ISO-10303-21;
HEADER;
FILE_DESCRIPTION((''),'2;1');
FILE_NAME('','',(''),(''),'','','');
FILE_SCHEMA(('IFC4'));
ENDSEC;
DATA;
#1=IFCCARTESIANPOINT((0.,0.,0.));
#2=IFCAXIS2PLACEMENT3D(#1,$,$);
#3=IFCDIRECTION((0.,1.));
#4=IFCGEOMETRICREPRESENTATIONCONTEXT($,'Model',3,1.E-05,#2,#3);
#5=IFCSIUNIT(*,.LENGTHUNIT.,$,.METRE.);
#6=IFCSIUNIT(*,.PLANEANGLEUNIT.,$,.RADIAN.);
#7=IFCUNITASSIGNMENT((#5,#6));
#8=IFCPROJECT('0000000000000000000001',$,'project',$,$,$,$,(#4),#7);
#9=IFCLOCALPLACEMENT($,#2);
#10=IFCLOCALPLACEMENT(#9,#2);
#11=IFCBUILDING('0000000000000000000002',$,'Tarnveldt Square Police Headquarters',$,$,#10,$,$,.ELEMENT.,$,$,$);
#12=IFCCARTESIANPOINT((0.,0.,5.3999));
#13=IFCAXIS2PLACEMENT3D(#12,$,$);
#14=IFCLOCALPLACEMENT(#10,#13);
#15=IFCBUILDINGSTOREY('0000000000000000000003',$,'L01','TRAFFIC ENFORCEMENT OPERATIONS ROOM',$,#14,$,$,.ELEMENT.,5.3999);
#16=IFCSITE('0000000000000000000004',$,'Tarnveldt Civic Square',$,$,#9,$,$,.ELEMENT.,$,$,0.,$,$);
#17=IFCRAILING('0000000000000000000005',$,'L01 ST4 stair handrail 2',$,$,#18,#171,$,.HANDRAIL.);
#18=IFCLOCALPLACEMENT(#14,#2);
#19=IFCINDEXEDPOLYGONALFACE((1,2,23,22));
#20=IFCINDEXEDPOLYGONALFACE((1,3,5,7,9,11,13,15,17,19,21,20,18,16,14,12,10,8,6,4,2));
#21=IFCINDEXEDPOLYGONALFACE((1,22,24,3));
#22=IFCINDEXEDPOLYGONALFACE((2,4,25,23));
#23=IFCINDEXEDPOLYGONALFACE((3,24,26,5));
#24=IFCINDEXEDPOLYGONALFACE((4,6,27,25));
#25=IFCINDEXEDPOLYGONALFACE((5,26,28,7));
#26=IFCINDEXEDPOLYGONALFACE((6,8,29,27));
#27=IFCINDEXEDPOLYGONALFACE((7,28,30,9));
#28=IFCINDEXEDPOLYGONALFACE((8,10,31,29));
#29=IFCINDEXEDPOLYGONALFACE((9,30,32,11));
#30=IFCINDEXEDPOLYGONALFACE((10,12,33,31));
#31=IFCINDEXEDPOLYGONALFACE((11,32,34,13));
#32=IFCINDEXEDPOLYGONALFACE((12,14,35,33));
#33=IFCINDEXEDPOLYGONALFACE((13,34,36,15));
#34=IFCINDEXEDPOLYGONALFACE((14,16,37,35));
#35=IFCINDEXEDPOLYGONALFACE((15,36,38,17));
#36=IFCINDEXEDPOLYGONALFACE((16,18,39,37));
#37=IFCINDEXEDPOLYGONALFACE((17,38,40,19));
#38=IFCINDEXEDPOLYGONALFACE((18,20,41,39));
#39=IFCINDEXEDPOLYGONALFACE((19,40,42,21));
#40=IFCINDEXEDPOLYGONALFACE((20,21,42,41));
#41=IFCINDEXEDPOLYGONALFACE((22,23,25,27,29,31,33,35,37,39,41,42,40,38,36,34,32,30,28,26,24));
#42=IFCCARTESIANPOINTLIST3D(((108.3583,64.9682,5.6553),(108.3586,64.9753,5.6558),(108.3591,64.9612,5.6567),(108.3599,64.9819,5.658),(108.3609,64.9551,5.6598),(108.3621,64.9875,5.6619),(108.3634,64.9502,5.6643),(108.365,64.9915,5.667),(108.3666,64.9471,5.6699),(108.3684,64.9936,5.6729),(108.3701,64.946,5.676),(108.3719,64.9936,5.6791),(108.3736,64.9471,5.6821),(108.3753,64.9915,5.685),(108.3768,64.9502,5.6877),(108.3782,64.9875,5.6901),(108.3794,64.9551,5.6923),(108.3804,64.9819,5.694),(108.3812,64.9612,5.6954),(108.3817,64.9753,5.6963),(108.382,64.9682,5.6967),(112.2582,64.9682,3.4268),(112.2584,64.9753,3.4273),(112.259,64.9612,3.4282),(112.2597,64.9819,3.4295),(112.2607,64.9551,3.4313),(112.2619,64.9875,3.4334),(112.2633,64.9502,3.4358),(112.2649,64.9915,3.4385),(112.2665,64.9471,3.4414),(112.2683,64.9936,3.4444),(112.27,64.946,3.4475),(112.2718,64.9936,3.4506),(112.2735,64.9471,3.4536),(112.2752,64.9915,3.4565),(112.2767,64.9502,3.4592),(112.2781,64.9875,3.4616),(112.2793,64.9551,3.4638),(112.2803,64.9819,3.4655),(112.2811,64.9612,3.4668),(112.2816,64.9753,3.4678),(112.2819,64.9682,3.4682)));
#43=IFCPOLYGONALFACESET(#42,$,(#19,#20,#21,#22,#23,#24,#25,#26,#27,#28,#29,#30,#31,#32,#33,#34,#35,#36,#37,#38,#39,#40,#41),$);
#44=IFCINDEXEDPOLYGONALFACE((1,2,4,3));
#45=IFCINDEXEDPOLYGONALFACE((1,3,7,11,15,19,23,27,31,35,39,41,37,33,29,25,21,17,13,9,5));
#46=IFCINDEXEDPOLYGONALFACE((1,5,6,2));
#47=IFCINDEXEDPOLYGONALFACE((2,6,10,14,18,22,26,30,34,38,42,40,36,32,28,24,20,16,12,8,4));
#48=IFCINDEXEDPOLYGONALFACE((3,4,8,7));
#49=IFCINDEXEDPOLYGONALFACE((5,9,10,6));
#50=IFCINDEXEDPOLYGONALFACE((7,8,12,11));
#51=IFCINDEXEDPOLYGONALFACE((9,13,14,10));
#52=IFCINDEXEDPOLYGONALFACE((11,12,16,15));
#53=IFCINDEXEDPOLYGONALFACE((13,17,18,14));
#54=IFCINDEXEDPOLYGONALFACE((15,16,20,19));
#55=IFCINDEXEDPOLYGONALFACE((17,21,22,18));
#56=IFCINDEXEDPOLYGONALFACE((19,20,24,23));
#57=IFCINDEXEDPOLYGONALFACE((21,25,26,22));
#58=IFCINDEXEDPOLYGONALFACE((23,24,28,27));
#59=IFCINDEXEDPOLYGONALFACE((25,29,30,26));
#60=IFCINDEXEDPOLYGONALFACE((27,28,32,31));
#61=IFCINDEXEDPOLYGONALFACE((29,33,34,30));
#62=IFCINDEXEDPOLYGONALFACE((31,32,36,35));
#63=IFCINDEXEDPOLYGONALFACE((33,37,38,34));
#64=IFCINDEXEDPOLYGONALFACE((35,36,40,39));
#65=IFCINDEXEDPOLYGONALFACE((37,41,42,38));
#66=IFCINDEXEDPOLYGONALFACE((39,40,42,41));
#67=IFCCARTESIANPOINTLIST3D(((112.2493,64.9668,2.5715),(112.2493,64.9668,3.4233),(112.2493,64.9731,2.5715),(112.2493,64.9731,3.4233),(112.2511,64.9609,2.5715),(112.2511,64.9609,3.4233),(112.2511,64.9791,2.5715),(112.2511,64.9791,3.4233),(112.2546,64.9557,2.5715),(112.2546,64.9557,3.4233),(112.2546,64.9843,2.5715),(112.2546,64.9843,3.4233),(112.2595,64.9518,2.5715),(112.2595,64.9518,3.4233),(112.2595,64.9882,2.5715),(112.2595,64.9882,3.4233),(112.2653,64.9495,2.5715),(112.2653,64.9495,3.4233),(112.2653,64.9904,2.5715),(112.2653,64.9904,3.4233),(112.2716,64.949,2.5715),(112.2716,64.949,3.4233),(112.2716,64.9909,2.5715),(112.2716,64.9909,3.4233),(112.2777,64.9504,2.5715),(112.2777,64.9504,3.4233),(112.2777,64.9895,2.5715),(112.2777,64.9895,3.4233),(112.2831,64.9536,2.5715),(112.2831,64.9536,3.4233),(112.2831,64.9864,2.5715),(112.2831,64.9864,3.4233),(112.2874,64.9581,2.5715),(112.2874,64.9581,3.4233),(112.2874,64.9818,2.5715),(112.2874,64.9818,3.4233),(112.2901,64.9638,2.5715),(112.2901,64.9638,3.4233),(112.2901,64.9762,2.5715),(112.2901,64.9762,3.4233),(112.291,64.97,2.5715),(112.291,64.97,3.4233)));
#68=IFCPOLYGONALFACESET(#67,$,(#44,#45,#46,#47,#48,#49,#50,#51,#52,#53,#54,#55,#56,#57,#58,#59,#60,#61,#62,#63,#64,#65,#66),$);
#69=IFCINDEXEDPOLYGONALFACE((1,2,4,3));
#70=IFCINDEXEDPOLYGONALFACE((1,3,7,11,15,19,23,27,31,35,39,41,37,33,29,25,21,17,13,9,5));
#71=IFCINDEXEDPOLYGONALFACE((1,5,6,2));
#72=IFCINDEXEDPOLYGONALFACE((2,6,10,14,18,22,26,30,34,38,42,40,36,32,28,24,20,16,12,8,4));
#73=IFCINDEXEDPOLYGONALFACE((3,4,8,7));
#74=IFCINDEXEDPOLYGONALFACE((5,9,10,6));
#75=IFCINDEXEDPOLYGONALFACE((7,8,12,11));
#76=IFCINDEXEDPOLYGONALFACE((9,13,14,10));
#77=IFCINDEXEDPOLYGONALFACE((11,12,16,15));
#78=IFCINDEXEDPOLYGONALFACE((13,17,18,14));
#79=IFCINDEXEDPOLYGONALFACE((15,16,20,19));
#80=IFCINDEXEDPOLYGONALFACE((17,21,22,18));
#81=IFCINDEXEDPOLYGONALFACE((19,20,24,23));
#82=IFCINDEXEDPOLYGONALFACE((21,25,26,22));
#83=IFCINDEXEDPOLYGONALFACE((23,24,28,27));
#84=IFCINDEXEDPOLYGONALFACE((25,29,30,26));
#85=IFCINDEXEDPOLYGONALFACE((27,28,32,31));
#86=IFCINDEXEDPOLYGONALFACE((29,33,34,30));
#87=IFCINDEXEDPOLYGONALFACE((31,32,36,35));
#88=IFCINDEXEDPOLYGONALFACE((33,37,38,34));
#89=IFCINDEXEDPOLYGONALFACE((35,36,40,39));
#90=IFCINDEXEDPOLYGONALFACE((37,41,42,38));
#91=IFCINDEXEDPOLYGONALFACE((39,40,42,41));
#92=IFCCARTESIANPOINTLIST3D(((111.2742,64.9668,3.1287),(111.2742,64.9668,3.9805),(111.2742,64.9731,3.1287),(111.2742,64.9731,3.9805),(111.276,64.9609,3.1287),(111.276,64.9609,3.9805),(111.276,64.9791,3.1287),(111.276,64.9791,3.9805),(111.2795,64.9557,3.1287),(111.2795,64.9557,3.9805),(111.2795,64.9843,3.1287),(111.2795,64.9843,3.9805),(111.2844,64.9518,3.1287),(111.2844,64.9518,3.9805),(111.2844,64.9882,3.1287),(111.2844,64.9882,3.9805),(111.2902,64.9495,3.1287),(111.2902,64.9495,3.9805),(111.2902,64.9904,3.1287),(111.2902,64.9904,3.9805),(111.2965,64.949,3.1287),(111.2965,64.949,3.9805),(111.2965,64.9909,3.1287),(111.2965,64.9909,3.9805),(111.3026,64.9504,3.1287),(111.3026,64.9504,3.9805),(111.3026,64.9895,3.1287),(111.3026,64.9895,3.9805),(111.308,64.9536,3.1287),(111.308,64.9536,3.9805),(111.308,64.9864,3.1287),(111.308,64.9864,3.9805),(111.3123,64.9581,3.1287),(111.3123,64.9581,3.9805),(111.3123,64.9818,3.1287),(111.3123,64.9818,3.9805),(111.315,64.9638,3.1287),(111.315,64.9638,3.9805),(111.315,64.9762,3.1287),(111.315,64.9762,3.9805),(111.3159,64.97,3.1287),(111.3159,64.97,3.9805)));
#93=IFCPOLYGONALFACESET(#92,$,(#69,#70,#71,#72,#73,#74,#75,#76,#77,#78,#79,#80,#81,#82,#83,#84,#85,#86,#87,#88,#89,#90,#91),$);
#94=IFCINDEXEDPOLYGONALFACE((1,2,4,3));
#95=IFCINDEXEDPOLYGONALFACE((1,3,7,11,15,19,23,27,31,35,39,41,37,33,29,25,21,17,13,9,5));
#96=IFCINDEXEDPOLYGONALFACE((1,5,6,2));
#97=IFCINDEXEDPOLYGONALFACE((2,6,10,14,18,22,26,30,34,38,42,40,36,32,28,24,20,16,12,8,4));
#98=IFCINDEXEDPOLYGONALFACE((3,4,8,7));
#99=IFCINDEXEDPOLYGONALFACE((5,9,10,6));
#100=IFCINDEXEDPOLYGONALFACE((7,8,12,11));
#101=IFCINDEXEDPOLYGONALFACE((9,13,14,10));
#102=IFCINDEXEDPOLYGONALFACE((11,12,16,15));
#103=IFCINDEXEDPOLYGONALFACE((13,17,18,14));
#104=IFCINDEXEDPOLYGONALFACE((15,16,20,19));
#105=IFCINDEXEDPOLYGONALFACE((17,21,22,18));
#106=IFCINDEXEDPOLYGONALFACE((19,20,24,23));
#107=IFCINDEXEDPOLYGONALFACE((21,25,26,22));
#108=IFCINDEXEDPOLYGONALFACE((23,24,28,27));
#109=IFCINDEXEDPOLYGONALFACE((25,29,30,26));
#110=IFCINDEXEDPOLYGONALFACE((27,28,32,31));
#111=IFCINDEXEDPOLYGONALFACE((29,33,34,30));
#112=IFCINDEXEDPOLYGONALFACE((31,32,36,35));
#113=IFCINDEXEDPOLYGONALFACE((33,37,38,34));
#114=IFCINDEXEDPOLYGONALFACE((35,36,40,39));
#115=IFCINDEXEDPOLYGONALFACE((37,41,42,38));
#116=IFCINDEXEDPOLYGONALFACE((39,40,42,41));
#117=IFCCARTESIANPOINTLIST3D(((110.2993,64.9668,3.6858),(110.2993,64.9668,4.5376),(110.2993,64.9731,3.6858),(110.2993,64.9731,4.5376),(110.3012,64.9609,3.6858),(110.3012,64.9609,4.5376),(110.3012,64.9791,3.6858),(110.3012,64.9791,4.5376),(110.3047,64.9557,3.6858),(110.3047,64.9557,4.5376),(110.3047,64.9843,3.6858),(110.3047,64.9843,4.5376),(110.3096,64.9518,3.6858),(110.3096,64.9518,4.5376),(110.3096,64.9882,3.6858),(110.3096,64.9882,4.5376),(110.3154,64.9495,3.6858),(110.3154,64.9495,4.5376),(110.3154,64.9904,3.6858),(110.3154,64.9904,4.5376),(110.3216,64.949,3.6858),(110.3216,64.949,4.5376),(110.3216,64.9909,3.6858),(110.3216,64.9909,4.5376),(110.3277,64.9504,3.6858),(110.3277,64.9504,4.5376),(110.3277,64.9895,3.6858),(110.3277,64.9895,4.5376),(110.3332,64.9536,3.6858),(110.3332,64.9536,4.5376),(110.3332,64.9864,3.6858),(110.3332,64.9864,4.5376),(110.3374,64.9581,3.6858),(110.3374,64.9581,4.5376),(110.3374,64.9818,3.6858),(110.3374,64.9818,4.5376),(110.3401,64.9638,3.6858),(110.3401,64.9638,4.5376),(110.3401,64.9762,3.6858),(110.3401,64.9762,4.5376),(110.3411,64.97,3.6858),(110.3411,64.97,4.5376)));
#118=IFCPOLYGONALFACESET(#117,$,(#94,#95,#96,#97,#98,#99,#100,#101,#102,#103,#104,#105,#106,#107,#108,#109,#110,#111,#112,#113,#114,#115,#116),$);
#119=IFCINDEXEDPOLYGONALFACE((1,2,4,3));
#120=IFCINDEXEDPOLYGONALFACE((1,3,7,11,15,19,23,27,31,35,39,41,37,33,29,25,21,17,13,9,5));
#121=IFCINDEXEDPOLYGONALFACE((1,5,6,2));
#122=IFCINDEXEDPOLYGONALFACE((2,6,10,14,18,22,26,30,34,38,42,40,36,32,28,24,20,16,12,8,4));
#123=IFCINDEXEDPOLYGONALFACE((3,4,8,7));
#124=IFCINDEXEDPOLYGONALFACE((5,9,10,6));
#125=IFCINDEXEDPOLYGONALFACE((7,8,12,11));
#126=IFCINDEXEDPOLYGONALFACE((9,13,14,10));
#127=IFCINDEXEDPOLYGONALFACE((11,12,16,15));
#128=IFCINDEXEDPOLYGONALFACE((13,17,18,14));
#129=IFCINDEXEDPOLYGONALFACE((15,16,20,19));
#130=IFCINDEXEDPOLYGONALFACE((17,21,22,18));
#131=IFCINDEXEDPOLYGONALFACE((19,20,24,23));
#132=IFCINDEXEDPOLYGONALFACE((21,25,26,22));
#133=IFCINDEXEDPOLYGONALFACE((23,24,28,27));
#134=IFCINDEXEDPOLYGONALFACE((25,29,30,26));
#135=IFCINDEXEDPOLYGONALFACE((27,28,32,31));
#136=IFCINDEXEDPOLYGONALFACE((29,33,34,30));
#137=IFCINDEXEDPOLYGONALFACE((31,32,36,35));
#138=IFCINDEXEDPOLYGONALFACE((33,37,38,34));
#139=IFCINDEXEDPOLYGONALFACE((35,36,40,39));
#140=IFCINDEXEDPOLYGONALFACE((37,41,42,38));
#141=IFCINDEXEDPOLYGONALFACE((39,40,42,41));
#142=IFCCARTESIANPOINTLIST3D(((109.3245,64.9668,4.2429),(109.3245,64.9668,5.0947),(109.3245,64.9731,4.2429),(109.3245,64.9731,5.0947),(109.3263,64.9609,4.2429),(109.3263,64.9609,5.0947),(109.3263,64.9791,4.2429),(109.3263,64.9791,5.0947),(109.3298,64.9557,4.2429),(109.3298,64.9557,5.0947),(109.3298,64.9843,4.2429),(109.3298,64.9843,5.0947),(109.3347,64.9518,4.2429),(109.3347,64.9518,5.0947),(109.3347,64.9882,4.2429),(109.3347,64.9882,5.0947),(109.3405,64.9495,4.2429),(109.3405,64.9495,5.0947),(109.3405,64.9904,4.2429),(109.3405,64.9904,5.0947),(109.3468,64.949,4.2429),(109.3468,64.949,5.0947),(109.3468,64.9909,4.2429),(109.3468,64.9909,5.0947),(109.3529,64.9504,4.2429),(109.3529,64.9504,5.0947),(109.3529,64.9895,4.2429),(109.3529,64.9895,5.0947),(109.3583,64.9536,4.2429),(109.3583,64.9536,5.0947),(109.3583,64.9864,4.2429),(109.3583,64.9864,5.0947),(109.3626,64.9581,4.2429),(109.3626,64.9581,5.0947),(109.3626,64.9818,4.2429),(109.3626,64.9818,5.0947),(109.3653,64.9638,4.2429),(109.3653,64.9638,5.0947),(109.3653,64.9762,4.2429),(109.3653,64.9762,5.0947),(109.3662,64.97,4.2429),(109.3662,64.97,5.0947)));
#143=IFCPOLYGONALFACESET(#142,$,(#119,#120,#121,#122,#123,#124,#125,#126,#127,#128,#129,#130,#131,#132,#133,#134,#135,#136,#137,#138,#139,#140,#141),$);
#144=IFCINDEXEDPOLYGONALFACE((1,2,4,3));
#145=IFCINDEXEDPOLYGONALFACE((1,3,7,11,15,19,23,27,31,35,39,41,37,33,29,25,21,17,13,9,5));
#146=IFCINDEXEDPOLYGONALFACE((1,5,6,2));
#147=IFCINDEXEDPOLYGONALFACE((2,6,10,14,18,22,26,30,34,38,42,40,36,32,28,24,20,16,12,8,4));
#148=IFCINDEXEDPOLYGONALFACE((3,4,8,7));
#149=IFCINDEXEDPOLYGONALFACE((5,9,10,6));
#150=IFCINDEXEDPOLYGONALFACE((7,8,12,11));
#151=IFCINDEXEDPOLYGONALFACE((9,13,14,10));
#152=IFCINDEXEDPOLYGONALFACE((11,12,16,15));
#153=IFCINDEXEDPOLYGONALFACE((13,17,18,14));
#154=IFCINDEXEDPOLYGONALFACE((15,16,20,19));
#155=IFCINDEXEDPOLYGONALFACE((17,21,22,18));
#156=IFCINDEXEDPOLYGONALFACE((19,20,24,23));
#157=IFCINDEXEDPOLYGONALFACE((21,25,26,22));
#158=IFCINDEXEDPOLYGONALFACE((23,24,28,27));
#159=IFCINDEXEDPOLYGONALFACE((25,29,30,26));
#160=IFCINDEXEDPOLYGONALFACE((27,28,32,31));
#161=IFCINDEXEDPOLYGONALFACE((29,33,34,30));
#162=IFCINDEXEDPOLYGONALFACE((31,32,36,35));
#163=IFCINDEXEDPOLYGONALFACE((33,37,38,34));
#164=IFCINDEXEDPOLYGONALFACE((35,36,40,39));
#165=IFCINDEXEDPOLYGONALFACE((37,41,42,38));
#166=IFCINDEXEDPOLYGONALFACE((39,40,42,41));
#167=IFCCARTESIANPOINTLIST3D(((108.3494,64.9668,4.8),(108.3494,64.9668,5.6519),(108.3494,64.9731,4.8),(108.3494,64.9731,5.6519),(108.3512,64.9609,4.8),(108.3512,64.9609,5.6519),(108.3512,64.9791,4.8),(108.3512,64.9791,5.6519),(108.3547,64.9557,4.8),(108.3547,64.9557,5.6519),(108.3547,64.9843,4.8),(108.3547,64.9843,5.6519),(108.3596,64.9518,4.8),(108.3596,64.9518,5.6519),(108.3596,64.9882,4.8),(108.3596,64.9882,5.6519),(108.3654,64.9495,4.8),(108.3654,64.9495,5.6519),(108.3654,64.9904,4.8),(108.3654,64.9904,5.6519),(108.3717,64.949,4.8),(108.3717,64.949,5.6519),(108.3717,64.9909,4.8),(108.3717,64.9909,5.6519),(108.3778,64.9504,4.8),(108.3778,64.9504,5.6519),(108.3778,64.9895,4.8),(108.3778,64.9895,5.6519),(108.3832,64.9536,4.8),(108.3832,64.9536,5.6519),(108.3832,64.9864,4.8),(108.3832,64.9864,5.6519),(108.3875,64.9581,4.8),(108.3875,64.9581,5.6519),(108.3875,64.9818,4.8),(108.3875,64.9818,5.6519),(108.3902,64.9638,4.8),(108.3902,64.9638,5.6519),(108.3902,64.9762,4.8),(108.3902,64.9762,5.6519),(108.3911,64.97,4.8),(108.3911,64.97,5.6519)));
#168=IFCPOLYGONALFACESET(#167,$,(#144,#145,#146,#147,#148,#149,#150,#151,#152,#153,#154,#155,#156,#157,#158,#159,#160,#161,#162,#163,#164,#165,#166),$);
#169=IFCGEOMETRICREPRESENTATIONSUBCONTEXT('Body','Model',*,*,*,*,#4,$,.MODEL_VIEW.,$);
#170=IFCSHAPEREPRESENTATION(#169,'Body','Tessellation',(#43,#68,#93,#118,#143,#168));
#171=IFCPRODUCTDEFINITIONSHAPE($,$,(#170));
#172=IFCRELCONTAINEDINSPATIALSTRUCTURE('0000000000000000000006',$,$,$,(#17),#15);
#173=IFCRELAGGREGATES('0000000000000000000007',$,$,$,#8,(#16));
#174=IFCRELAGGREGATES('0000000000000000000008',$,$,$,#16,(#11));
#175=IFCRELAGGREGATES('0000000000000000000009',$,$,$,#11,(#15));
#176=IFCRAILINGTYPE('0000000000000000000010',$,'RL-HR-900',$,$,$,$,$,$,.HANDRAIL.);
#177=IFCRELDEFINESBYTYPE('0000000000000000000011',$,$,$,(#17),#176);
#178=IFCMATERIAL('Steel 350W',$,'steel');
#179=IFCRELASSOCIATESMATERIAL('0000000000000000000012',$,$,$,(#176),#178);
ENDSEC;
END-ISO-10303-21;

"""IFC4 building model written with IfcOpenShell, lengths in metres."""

from ifc_helpers import new_model, si_unit, direction, frame, origin, origin_2d, place, context, subcontext, project, spatial, circle, extrude, material, type_object, element, save


model = new_model("IFC4")

# Units and contexts
model_context = context("Model", 3, precision=1e-05, world=origin(), true_north=direction((0.0, 1.0)))
body_context = subcontext(model_context, "Body", "Model", "MODEL_VIEW")
ifc_project = project(units=[si_unit("LENGTHUNIT", "METRE"), si_unit("PLANEANGLEUNIT", "RADIAN")], contexts=[model_context])

# Site, building, storey
site_placement = place(None, origin())
site = spatial("IfcSite", under=ifc_project, at=site_placement, Name="Tarnveldt Civic Square", CompositionType="ELEMENT", RefElevation=0.0)
building_placement = place(site_placement, origin())
building = spatial("IfcBuilding", under=site, at=building_placement, Name="Tarnveldt Square Police Headquarters", CompositionType="ELEMENT")
storey_placement = place(building_placement, frame((0.0, 0.0, 5.3999)))
storey = spatial("IfcBuildingStorey", under=building, at=storey_placement, Name="L01", Description="TRAFFIC ENFORCEMENT OPERATIONS ROOM", CompositionType="ELEMENT", Elevation=5.3999)

# Shared definitions
ifc_material_1 = material(Name="Steel 350W", Category="steel")

# Railing
railing_type_1 = type_object("IfcRailingType", Name="RL-HR-900", PredefinedType="HANDRAIL", material=ifc_material_1)
railing_1_placement = place(storey_placement, frame((112.27, 64.97, 2.5715)))
element("IfcRailing", 1, at=railing_1_placement, inside=storey, type_object=railing_type_1, Name="L01 ST4 stair handrail 2", PredefinedType="HANDRAIL", context=body_context, shape_type="SweptSolid", body=[
    extrude(circle(Radius=0.0239, at=origin_2d()), frame((0.0, 0.0, 0.876), z_axis=(-0.868243, 0.0, 0.496139), x_axis=(0.0, -1.0, 0.0)), (0.0, 0.0, 1.0), 4.4917),
    extrude(circle(Radius=0.021, at=origin_2d()), origin(), (0.0, 0.0, 1.0), 0.8518),
    extrude(circle(Radius=0.021, at=origin_2d()), frame((-0.9751, 0.0, 0.5571)), (0.0, 0.0, 1.0), 0.8518),
    extrude(circle(Radius=0.021, at=origin_2d()), frame((-1.95, 0.0, 1.1143)), (0.0, 0.0, 1.0), 0.8518),
    extrude(circle(Radius=0.021, at=origin_2d()), frame((-2.9248, 0.0, 1.6714)), (0.0, 0.0, 1.0), 0.8518),
    extrude(circle(Radius=0.021, at=origin_2d()), frame((-3.8999, 0.0, 2.2285)), (0.0, 0.0, 1.0), 0.8518),
])

save(model, "model.ifc")
